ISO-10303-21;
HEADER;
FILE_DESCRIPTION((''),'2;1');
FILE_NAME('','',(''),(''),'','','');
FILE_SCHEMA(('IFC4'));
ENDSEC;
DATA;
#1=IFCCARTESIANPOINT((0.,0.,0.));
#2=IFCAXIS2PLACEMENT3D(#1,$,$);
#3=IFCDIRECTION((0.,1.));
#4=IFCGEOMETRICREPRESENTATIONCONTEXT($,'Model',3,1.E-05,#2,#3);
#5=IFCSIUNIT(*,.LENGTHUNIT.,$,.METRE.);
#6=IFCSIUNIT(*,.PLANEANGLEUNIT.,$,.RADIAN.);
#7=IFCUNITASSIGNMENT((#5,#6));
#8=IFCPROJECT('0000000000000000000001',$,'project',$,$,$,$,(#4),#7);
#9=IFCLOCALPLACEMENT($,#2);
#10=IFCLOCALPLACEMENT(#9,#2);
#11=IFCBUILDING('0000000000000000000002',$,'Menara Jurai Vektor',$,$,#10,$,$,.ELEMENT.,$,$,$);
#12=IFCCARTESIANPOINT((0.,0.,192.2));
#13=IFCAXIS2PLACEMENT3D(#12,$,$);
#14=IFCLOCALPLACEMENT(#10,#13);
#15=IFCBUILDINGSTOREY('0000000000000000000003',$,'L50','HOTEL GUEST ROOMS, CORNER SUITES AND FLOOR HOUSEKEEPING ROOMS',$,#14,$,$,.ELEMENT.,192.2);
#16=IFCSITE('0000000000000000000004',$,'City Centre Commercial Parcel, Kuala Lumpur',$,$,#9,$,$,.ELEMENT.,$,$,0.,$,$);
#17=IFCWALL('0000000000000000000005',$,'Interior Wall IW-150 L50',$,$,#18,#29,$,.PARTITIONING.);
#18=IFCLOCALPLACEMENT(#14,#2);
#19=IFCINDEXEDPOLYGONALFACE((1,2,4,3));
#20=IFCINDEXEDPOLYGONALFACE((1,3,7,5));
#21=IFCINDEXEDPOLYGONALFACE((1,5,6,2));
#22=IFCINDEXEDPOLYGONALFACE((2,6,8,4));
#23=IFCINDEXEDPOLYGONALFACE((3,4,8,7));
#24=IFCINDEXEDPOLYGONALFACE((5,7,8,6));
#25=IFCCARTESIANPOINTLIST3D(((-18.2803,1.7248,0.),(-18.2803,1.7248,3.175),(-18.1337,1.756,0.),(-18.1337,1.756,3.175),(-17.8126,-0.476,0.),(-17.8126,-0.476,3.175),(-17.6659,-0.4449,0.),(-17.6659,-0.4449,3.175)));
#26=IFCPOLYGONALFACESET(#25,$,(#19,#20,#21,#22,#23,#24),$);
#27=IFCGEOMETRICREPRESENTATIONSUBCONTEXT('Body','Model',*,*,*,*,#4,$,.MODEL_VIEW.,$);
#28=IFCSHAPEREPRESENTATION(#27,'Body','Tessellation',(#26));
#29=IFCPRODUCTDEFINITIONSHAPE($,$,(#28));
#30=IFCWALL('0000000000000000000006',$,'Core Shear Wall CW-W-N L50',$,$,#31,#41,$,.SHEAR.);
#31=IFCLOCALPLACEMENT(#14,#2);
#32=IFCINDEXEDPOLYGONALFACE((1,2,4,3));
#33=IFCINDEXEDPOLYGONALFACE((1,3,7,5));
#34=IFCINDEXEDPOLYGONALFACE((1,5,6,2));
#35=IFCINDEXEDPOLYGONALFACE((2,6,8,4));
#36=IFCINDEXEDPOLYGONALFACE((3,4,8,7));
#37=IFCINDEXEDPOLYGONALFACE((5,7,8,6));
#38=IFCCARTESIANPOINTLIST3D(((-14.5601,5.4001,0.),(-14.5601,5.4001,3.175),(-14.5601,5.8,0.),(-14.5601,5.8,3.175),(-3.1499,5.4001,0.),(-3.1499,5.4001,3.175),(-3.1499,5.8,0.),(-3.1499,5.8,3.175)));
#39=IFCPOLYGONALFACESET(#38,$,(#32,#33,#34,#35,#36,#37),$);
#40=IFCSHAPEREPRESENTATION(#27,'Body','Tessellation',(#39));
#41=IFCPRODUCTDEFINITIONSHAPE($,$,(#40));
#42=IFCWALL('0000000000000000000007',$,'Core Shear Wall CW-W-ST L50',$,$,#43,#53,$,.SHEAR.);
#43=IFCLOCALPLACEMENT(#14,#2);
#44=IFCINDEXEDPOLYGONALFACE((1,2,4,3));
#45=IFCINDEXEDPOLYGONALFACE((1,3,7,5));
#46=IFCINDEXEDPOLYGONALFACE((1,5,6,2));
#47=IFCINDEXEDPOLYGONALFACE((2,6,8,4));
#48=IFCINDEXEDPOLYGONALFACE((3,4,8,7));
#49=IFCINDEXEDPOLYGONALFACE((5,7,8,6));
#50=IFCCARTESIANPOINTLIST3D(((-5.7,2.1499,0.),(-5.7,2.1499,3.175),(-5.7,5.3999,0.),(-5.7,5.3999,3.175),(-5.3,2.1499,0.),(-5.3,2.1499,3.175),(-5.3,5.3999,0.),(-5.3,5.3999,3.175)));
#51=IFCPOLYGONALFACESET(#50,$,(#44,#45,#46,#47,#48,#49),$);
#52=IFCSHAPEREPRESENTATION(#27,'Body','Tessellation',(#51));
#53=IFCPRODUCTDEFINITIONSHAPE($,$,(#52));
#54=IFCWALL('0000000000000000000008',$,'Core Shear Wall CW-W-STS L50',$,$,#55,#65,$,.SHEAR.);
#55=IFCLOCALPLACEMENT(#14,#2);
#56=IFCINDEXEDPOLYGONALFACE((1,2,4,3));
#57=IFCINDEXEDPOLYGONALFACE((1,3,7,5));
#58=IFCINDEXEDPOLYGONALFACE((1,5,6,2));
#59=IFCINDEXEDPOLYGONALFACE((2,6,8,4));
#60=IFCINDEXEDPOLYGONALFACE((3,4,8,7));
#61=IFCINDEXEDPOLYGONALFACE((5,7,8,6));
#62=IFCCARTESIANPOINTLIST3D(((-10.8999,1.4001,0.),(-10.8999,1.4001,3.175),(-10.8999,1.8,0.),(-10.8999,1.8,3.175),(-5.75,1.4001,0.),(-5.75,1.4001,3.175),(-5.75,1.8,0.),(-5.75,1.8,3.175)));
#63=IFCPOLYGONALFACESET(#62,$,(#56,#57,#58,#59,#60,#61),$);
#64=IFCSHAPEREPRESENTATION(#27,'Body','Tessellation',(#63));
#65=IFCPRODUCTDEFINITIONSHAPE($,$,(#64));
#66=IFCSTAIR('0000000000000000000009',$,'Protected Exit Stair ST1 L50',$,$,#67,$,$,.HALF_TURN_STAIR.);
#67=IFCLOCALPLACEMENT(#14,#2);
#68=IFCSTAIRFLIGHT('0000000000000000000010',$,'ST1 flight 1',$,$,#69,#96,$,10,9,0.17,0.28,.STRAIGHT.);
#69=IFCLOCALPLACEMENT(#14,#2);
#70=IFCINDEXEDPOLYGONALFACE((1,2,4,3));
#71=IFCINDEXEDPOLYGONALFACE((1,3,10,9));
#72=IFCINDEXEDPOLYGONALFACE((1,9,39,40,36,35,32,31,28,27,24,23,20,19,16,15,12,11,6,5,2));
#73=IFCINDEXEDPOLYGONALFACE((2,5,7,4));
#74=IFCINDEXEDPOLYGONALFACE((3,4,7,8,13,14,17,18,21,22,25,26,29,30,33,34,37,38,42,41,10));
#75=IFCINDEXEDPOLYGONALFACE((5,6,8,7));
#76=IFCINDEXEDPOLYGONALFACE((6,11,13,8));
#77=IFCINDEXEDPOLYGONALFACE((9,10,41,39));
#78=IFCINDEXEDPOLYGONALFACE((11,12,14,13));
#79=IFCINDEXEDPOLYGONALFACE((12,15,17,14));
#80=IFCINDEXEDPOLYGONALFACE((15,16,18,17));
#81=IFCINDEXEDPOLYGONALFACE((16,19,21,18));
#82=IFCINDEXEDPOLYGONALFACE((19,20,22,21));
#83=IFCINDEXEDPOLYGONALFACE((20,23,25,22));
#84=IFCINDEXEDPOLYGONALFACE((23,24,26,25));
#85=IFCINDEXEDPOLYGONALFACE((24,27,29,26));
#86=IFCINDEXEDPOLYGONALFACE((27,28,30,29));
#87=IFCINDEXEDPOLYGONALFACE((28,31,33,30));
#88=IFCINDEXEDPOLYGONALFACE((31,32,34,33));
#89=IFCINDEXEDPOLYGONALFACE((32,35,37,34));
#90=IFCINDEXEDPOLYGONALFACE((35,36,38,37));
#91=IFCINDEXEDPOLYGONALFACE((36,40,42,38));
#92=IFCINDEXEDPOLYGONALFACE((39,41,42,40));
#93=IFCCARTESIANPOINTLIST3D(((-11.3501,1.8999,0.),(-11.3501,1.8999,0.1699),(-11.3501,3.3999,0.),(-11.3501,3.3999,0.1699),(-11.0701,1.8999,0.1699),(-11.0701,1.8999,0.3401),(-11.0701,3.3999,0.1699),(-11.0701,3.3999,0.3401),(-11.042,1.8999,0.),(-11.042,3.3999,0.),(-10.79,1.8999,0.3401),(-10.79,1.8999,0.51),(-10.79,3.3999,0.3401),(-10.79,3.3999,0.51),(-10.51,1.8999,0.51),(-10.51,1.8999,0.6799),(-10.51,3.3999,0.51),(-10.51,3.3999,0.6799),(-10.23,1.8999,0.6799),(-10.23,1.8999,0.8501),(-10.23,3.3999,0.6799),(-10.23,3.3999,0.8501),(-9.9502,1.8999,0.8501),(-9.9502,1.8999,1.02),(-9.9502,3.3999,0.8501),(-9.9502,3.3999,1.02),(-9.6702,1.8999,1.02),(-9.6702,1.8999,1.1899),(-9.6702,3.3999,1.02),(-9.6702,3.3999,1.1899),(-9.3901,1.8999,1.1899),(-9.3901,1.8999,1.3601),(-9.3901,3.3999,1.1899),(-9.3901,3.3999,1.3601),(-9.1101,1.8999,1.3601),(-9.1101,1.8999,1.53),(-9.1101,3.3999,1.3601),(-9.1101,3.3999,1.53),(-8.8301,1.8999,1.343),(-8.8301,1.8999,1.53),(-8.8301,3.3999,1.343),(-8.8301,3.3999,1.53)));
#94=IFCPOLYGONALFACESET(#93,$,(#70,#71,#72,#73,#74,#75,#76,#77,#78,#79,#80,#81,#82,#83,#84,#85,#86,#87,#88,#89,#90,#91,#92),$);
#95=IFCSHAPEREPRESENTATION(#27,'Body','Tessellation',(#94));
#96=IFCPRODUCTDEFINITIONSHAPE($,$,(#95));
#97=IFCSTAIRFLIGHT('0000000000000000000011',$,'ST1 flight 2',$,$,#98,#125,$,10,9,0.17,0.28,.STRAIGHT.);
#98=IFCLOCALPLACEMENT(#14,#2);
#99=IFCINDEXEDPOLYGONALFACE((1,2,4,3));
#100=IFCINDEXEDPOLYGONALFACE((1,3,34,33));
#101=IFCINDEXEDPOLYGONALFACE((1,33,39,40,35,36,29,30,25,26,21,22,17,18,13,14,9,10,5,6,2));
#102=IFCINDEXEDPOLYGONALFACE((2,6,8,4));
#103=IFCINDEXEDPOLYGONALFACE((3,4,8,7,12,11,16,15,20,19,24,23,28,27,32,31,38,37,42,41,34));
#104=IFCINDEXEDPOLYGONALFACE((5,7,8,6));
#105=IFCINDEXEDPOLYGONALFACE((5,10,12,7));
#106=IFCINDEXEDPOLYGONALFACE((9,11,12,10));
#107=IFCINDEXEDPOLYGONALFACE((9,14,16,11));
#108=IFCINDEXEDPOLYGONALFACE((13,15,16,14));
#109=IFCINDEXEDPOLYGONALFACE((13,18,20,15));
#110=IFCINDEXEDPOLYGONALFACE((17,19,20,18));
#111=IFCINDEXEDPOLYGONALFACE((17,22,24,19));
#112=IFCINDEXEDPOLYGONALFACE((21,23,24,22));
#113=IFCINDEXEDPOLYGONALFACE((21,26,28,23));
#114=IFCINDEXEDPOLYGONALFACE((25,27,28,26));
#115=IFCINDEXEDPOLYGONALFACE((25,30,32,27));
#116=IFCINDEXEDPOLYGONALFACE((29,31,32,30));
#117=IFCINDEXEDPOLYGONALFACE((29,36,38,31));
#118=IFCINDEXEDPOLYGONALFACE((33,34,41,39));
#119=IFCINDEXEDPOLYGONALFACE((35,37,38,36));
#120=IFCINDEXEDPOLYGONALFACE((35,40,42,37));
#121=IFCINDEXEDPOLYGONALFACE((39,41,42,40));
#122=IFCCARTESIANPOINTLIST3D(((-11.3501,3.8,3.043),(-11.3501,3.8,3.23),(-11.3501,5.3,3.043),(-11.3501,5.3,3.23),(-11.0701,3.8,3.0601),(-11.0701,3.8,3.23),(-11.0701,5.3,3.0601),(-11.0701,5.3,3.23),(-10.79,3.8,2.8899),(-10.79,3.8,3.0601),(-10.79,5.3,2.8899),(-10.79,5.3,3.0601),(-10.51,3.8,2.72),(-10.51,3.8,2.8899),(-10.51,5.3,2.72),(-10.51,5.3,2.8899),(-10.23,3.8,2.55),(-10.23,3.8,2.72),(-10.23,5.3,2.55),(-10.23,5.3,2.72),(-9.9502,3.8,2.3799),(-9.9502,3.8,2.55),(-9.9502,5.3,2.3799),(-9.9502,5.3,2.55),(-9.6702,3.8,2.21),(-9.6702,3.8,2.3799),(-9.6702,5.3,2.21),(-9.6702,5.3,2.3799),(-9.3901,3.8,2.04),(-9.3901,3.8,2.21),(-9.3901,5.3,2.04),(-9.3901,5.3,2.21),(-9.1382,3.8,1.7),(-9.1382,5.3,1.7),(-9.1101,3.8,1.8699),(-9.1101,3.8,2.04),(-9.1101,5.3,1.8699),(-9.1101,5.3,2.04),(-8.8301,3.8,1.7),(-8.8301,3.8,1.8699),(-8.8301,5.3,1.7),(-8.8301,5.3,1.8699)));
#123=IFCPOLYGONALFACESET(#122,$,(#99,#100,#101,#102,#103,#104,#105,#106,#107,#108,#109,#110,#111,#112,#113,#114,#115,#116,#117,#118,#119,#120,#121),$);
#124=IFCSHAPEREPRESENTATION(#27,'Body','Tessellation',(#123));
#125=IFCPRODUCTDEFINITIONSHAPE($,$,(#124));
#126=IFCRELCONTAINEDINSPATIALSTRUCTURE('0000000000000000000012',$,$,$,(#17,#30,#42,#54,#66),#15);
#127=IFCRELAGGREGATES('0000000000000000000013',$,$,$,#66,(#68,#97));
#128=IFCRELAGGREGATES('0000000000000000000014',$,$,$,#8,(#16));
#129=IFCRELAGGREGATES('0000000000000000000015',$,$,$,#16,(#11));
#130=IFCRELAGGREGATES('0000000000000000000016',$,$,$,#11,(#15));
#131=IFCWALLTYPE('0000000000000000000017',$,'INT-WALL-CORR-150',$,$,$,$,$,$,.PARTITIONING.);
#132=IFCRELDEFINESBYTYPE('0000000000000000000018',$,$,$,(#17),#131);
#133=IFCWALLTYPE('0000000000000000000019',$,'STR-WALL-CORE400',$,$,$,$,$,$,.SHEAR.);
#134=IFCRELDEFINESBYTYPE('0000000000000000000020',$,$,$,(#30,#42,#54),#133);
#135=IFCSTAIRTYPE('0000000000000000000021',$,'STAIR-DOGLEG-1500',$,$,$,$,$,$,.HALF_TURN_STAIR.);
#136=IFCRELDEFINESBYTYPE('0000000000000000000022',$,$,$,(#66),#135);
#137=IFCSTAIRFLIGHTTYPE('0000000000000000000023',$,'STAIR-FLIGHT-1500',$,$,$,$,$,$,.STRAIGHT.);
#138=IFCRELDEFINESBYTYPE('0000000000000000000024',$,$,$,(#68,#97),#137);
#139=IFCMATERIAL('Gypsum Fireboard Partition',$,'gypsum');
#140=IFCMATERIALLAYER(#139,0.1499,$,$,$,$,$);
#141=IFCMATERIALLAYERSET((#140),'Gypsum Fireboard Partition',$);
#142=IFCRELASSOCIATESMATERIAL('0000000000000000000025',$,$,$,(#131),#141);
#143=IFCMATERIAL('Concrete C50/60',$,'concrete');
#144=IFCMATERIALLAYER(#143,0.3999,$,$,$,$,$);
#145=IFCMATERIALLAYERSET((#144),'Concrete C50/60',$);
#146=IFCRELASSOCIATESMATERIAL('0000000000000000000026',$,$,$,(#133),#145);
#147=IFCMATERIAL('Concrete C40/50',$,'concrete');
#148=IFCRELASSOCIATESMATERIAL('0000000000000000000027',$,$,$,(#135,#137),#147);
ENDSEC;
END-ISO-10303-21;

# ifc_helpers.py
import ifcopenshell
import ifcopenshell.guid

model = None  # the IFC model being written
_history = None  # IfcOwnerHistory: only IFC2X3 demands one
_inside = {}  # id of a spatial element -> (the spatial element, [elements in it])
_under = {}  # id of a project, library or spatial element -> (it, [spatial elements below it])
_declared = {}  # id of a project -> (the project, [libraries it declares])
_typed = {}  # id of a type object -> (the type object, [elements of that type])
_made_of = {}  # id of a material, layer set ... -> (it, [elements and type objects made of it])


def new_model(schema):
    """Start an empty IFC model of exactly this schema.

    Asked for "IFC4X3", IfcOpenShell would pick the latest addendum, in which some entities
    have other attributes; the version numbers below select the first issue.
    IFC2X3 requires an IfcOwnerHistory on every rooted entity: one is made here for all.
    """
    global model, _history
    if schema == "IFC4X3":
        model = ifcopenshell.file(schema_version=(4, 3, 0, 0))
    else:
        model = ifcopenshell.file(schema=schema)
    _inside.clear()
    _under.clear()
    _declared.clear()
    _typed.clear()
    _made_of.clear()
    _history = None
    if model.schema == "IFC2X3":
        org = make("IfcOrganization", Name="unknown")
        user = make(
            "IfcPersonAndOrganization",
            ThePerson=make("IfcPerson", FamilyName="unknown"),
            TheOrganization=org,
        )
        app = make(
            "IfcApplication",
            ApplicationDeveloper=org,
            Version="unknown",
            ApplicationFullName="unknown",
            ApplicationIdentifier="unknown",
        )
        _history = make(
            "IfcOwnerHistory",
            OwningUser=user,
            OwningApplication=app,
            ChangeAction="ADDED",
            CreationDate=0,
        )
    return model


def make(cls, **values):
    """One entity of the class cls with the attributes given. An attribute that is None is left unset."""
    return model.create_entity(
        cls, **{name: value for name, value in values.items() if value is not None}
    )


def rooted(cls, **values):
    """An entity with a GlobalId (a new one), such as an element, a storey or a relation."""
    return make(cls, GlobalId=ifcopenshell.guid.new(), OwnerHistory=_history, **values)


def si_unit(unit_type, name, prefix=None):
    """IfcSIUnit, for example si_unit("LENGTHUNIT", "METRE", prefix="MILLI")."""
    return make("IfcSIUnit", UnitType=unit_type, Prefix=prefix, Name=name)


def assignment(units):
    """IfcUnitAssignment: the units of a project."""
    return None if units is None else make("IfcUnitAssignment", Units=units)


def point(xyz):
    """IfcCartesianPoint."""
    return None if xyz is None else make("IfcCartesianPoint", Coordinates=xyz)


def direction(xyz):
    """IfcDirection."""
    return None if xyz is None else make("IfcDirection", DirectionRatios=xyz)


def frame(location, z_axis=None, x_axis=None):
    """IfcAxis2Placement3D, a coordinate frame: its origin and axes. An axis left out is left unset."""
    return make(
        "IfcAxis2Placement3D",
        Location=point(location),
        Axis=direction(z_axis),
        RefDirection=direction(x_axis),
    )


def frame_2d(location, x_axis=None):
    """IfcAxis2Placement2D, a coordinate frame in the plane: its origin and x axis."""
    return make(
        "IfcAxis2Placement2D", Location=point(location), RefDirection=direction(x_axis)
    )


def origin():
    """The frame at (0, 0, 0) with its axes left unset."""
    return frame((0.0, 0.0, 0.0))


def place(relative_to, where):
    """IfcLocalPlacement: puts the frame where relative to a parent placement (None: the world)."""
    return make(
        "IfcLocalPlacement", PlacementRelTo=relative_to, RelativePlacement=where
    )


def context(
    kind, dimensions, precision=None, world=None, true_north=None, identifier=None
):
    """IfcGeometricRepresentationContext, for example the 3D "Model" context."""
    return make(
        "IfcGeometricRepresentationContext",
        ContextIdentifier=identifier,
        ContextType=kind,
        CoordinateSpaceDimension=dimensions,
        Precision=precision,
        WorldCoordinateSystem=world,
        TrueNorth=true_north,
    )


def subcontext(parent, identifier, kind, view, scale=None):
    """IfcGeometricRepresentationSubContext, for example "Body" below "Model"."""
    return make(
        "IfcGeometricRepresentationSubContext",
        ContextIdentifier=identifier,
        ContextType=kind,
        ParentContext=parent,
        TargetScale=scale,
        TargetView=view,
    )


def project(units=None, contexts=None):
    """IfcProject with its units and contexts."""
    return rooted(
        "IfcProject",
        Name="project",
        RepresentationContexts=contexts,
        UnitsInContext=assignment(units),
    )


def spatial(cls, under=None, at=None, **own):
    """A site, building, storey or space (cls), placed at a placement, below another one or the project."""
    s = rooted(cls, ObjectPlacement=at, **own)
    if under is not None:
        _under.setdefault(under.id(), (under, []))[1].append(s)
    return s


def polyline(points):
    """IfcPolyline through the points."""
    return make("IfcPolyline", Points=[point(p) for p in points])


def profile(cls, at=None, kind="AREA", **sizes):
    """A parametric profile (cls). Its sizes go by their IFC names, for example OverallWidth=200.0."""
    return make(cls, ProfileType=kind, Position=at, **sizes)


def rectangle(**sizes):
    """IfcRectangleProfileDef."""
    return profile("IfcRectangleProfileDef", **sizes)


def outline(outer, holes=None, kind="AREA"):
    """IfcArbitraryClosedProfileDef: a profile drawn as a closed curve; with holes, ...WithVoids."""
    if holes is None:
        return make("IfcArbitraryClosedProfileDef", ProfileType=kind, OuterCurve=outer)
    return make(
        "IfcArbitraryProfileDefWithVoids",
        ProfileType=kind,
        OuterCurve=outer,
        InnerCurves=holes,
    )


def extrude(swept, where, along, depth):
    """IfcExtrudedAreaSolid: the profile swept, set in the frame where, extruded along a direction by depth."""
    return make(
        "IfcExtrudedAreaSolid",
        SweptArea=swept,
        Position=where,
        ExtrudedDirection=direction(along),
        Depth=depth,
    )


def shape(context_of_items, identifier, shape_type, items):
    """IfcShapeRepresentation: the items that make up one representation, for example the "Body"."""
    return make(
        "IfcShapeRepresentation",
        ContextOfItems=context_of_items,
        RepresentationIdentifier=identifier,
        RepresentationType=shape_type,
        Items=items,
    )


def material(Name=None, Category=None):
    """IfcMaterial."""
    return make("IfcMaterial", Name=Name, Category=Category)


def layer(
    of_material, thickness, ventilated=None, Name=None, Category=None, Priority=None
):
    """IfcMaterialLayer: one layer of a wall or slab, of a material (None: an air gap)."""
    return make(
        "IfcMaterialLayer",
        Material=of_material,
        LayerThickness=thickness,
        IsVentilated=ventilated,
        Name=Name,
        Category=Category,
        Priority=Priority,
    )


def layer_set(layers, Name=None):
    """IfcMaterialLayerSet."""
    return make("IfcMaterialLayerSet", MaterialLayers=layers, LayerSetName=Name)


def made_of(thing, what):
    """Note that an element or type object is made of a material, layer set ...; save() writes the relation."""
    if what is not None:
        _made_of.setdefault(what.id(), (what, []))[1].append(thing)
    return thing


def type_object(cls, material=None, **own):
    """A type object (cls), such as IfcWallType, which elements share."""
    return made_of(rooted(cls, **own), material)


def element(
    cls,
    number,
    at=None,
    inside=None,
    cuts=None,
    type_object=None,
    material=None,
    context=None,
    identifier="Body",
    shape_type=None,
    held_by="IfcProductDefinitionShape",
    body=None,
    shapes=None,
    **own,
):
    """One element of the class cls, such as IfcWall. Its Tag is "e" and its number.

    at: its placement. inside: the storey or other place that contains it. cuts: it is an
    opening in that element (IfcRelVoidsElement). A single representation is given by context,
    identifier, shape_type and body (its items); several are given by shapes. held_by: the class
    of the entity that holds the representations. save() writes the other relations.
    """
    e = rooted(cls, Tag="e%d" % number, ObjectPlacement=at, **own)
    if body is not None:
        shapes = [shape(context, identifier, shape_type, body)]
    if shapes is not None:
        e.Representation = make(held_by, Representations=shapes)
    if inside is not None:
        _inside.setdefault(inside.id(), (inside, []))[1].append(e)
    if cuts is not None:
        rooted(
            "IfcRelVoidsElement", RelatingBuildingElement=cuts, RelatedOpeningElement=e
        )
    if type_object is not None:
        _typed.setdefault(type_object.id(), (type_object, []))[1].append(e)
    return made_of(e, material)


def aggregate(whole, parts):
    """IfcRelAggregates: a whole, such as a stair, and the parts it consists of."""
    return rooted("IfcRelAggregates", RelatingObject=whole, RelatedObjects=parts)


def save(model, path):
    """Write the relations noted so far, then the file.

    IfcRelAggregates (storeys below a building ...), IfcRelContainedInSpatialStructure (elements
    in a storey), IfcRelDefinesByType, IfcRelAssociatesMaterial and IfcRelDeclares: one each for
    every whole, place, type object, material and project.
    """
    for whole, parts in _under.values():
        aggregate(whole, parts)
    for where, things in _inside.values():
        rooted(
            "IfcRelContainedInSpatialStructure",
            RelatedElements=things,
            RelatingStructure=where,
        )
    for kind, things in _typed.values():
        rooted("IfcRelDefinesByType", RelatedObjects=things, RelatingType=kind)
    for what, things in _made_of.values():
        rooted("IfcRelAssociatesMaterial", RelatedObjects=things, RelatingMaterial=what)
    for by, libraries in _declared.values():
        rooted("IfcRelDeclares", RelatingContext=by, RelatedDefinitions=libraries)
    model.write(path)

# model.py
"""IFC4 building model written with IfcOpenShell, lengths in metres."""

from ifc_helpers import new_model, si_unit, direction, frame, frame_2d, origin, place, context, subcontext, project, spatial, polyline, rectangle, outline, extrude, material, layer, layer_set, type_object, element, aggregate, save


model = new_model("IFC4")

# Units and contexts
model_context = context("Model", 3, precision=1e-05, world=origin(), true_north=direction((0.0, 1.0)))
body_context = subcontext(model_context, "Body", "Model", "MODEL_VIEW")
ifc_project = project(units=[si_unit("LENGTHUNIT", "METRE"), si_unit("PLANEANGLEUNIT", "RADIAN")], contexts=[model_context])

# Site, building, storey
site_placement = place(None, origin())
site = spatial("IfcSite", under=ifc_project, at=site_placement, Name="City Centre Commercial Parcel, Kuala Lumpur", CompositionType="ELEMENT", RefElevation=0.0)
building_placement = place(site_placement, origin())
building = spatial("IfcBuilding", under=site, at=building_placement, Name="Menara Jurai Vektor", CompositionType="ELEMENT")
storey_placement = place(building_placement, frame((0.0, 0.0, 192.2)))
storey = spatial("IfcBuildingStorey", under=building, at=storey_placement, Name="L50", Description="HOTEL GUEST ROOMS, CORNER SUITES AND FLOOR HOUSEKEEPING ROOMS", CompositionType="ELEMENT", Elevation=192.2)

# Shared definitions
ifc_material_1 = material(Name="Concrete C50/60", Category="concrete")

# Shared definitions
ifc_material_2 = material(Name="Concrete C40/50", Category="concrete")

# Shared definitions
ifc_material_3 = material(Name="Gypsum Fireboard Partition", Category="gypsum")
ifc_layer_1 = layer(ifc_material_3, 0.1499)
ifc_layer_set_1 = layer_set([ifc_layer_1], Name="Gypsum Fireboard Partition")
wall_type_1 = type_object("IfcWallType", Name="INT-WALL-CORR-150", PredefinedType="PARTITIONING", material=ifc_layer_set_1)

# Wall
wall_1_placement = place(storey_placement, frame((-17.7393, -0.4604, 0.0), z_axis=(0.0, 0.0, 1.0), x_axis=(-0.207891, 0.978152, 0.0)))
element("IfcWall", 1, at=wall_1_placement, inside=storey, type_object=wall_type_1, Name="Interior Wall IW-150 L50", PredefinedType="PARTITIONING", context=body_context, shape_type="SweptSolid", body=[
    extrude(rectangle(XDim=2.25, YDim=0.1499, at=frame_2d((1.125, 0.0))), origin(), (0.0, 0.0, 1.0), 3.175),
])

# Walls
ifc_layer_2 = layer(ifc_material_1, 0.3999)
ifc_layer_set_2 = layer_set([ifc_layer_2], Name="Concrete C50/60")
wall_type_2 = type_object("IfcWallType", Name="STR-WALL-CORE400", PredefinedType="SHEAR", material=ifc_layer_set_2)
wall_2_placement = place(storey_placement, frame((-14.5601, 5.6001, 0.0), z_axis=(0.0, 0.0, 1.0), x_axis=(1.0, 0.0, 0.0)))
element("IfcWall", 2, at=wall_2_placement, inside=storey, type_object=wall_type_2, Name="Core Shear Wall CW-W-N L50", PredefinedType="SHEAR", context=body_context, shape_type="SweptSolid", body=[
    extrude(rectangle(XDim=11.4102, YDim=0.3999, at=frame_2d((5.7051, 0.0))), origin(), (0.0, 0.0, 1.0), 3.175),
])
wall_3_placement = place(storey_placement, frame((-5.5, 2.1499, 0.0), z_axis=(0.0, 0.0, 1.0), x_axis=(0.0, 1.0, 0.0)))
element("IfcWall", 3, at=wall_3_placement, inside=storey, type_object=wall_type_2, Name="Core Shear Wall CW-W-ST L50", PredefinedType="SHEAR", context=body_context, shape_type="SweptSolid", body=[
    extrude(rectangle(XDim=3.25, YDim=0.3999, at=frame_2d((1.625, 0.0))), origin(), (0.0, 0.0, 1.0), 3.175),
])
wall_4_placement = place(storey_placement, frame((-10.8999, 1.6001, 0.0), z_axis=(0.0, 0.0, 1.0), x_axis=(1.0, 0.0, 0.0)))
element("IfcWall", 4, at=wall_4_placement, inside=storey, type_object=wall_type_2, Name="Core Shear Wall CW-W-STS L50", PredefinedType="SHEAR", context=body_context, shape_type="SweptSolid", body=[
    extrude(rectangle(XDim=5.1499, YDim=0.3999, at=frame_2d((2.575, 0.0))), origin(), (0.0, 0.0, 1.0), 3.175),
])

# Stair, stair flights
stair_type = type_object("IfcStairType", Name="STAIR-DOGLEG-1500", PredefinedType="HALF_TURN_STAIR", material=ifc_material_2)
stair_placement = place(storey_placement, origin())
stair = element("IfcStair", 5, at=stair_placement, inside=storey, type_object=stair_type, Name="Protected Exit Stair ST1 L50", PredefinedType="HALF_TURN_STAIR")
stair_flight_type = type_object("IfcStairFlightType", Name="STAIR-FLIGHT-1500", PredefinedType="STRAIGHT", material=ifc_material_2)
stair_flight_1_placement = place(storey_placement, frame((-11.3501, 2.6499, 0.0), z_axis=(0.0, 0.0, 1.0), x_axis=(1.0, 0.0, 0.0)))
stair_flight_1 = element("IfcStairFlight", 6, at=stair_flight_1_placement, type_object=stair_flight_type, Name="ST1 flight 1", NumberOfRisers=10, NumberOfTreads=9, PredefinedType="STRAIGHT", RiserHeight=0.17, TreadLength=0.28, context=body_context, shape_type="SweptSolid", body=[
    extrude(outline(polyline([(0.0, 0.0), (0.0, 0.1699), (0.28, 0.1699), (0.28, 0.3401), (0.5601, 0.3401), (0.5601, 0.51), (0.8401, 0.51), (0.8401, 0.6799), (1.1201, 0.6799), (1.1201, 0.8501), (1.3999, 0.8501), (1.3999, 1.02), (1.6799, 1.02), (1.6799, 1.1899), (1.96, 1.1899), (1.96, 1.3601), (2.24, 1.3601), (2.24, 1.53), (2.52, 1.53), (2.52, 1.7), (2.52, 1.343), (0.3081, 0.0), (0.0, 0.0)])), frame((0.0, 0.75, 0.0), z_axis=(0.0, -1.0, 0.0), x_axis=(1.0, 0.0, 0.0)), (0.0, 0.0, 1.0), 1.5),
])
stair_flight_2_placement = place(storey_placement, frame((-8.8301, 4.55, 1.7), z_axis=(0.0, 0.0, 1.0), x_axis=(-1.0, 0.0, 0.0)))
stair_flight_2 = element("IfcStairFlight", 7, at=stair_flight_2_placement, type_object=stair_flight_type, Name="ST1 flight 2", NumberOfRisers=10, NumberOfTreads=9, PredefinedType="STRAIGHT", RiserHeight=0.17, TreadLength=0.28, context=body_context, shape_type="SweptSolid", body=[
    extrude(outline(polyline([(0.0, 0.0), (0.0, 0.1699), (0.28, 0.1699), (0.28, 0.3401), (0.5601, 0.3401), (0.5601, 0.51), (0.8401, 0.51), (0.8401, 0.6799), (1.1201, 0.6799), (1.1201, 0.8501), (1.3999, 0.8501), (1.3999, 1.02), (1.6799, 1.02), (1.6799, 1.1899), (1.96, 1.1899), (1.96, 1.3601), (2.24, 1.3601), (2.24, 1.53), (2.52, 1.53), (2.52, 1.7), (2.52, 1.343), (0.3081, 0.0), (0.0, 0.0)])), frame((0.0, 0.75, 0.0), z_axis=(0.0, -1.0, 0.0), x_axis=(1.0, 0.0, 0.0)), (0.0, 0.0, 1.0), 1.5),
])
aggregate(stair, [stair_flight_1, stair_flight_2])

save(model, "model.ifc")
